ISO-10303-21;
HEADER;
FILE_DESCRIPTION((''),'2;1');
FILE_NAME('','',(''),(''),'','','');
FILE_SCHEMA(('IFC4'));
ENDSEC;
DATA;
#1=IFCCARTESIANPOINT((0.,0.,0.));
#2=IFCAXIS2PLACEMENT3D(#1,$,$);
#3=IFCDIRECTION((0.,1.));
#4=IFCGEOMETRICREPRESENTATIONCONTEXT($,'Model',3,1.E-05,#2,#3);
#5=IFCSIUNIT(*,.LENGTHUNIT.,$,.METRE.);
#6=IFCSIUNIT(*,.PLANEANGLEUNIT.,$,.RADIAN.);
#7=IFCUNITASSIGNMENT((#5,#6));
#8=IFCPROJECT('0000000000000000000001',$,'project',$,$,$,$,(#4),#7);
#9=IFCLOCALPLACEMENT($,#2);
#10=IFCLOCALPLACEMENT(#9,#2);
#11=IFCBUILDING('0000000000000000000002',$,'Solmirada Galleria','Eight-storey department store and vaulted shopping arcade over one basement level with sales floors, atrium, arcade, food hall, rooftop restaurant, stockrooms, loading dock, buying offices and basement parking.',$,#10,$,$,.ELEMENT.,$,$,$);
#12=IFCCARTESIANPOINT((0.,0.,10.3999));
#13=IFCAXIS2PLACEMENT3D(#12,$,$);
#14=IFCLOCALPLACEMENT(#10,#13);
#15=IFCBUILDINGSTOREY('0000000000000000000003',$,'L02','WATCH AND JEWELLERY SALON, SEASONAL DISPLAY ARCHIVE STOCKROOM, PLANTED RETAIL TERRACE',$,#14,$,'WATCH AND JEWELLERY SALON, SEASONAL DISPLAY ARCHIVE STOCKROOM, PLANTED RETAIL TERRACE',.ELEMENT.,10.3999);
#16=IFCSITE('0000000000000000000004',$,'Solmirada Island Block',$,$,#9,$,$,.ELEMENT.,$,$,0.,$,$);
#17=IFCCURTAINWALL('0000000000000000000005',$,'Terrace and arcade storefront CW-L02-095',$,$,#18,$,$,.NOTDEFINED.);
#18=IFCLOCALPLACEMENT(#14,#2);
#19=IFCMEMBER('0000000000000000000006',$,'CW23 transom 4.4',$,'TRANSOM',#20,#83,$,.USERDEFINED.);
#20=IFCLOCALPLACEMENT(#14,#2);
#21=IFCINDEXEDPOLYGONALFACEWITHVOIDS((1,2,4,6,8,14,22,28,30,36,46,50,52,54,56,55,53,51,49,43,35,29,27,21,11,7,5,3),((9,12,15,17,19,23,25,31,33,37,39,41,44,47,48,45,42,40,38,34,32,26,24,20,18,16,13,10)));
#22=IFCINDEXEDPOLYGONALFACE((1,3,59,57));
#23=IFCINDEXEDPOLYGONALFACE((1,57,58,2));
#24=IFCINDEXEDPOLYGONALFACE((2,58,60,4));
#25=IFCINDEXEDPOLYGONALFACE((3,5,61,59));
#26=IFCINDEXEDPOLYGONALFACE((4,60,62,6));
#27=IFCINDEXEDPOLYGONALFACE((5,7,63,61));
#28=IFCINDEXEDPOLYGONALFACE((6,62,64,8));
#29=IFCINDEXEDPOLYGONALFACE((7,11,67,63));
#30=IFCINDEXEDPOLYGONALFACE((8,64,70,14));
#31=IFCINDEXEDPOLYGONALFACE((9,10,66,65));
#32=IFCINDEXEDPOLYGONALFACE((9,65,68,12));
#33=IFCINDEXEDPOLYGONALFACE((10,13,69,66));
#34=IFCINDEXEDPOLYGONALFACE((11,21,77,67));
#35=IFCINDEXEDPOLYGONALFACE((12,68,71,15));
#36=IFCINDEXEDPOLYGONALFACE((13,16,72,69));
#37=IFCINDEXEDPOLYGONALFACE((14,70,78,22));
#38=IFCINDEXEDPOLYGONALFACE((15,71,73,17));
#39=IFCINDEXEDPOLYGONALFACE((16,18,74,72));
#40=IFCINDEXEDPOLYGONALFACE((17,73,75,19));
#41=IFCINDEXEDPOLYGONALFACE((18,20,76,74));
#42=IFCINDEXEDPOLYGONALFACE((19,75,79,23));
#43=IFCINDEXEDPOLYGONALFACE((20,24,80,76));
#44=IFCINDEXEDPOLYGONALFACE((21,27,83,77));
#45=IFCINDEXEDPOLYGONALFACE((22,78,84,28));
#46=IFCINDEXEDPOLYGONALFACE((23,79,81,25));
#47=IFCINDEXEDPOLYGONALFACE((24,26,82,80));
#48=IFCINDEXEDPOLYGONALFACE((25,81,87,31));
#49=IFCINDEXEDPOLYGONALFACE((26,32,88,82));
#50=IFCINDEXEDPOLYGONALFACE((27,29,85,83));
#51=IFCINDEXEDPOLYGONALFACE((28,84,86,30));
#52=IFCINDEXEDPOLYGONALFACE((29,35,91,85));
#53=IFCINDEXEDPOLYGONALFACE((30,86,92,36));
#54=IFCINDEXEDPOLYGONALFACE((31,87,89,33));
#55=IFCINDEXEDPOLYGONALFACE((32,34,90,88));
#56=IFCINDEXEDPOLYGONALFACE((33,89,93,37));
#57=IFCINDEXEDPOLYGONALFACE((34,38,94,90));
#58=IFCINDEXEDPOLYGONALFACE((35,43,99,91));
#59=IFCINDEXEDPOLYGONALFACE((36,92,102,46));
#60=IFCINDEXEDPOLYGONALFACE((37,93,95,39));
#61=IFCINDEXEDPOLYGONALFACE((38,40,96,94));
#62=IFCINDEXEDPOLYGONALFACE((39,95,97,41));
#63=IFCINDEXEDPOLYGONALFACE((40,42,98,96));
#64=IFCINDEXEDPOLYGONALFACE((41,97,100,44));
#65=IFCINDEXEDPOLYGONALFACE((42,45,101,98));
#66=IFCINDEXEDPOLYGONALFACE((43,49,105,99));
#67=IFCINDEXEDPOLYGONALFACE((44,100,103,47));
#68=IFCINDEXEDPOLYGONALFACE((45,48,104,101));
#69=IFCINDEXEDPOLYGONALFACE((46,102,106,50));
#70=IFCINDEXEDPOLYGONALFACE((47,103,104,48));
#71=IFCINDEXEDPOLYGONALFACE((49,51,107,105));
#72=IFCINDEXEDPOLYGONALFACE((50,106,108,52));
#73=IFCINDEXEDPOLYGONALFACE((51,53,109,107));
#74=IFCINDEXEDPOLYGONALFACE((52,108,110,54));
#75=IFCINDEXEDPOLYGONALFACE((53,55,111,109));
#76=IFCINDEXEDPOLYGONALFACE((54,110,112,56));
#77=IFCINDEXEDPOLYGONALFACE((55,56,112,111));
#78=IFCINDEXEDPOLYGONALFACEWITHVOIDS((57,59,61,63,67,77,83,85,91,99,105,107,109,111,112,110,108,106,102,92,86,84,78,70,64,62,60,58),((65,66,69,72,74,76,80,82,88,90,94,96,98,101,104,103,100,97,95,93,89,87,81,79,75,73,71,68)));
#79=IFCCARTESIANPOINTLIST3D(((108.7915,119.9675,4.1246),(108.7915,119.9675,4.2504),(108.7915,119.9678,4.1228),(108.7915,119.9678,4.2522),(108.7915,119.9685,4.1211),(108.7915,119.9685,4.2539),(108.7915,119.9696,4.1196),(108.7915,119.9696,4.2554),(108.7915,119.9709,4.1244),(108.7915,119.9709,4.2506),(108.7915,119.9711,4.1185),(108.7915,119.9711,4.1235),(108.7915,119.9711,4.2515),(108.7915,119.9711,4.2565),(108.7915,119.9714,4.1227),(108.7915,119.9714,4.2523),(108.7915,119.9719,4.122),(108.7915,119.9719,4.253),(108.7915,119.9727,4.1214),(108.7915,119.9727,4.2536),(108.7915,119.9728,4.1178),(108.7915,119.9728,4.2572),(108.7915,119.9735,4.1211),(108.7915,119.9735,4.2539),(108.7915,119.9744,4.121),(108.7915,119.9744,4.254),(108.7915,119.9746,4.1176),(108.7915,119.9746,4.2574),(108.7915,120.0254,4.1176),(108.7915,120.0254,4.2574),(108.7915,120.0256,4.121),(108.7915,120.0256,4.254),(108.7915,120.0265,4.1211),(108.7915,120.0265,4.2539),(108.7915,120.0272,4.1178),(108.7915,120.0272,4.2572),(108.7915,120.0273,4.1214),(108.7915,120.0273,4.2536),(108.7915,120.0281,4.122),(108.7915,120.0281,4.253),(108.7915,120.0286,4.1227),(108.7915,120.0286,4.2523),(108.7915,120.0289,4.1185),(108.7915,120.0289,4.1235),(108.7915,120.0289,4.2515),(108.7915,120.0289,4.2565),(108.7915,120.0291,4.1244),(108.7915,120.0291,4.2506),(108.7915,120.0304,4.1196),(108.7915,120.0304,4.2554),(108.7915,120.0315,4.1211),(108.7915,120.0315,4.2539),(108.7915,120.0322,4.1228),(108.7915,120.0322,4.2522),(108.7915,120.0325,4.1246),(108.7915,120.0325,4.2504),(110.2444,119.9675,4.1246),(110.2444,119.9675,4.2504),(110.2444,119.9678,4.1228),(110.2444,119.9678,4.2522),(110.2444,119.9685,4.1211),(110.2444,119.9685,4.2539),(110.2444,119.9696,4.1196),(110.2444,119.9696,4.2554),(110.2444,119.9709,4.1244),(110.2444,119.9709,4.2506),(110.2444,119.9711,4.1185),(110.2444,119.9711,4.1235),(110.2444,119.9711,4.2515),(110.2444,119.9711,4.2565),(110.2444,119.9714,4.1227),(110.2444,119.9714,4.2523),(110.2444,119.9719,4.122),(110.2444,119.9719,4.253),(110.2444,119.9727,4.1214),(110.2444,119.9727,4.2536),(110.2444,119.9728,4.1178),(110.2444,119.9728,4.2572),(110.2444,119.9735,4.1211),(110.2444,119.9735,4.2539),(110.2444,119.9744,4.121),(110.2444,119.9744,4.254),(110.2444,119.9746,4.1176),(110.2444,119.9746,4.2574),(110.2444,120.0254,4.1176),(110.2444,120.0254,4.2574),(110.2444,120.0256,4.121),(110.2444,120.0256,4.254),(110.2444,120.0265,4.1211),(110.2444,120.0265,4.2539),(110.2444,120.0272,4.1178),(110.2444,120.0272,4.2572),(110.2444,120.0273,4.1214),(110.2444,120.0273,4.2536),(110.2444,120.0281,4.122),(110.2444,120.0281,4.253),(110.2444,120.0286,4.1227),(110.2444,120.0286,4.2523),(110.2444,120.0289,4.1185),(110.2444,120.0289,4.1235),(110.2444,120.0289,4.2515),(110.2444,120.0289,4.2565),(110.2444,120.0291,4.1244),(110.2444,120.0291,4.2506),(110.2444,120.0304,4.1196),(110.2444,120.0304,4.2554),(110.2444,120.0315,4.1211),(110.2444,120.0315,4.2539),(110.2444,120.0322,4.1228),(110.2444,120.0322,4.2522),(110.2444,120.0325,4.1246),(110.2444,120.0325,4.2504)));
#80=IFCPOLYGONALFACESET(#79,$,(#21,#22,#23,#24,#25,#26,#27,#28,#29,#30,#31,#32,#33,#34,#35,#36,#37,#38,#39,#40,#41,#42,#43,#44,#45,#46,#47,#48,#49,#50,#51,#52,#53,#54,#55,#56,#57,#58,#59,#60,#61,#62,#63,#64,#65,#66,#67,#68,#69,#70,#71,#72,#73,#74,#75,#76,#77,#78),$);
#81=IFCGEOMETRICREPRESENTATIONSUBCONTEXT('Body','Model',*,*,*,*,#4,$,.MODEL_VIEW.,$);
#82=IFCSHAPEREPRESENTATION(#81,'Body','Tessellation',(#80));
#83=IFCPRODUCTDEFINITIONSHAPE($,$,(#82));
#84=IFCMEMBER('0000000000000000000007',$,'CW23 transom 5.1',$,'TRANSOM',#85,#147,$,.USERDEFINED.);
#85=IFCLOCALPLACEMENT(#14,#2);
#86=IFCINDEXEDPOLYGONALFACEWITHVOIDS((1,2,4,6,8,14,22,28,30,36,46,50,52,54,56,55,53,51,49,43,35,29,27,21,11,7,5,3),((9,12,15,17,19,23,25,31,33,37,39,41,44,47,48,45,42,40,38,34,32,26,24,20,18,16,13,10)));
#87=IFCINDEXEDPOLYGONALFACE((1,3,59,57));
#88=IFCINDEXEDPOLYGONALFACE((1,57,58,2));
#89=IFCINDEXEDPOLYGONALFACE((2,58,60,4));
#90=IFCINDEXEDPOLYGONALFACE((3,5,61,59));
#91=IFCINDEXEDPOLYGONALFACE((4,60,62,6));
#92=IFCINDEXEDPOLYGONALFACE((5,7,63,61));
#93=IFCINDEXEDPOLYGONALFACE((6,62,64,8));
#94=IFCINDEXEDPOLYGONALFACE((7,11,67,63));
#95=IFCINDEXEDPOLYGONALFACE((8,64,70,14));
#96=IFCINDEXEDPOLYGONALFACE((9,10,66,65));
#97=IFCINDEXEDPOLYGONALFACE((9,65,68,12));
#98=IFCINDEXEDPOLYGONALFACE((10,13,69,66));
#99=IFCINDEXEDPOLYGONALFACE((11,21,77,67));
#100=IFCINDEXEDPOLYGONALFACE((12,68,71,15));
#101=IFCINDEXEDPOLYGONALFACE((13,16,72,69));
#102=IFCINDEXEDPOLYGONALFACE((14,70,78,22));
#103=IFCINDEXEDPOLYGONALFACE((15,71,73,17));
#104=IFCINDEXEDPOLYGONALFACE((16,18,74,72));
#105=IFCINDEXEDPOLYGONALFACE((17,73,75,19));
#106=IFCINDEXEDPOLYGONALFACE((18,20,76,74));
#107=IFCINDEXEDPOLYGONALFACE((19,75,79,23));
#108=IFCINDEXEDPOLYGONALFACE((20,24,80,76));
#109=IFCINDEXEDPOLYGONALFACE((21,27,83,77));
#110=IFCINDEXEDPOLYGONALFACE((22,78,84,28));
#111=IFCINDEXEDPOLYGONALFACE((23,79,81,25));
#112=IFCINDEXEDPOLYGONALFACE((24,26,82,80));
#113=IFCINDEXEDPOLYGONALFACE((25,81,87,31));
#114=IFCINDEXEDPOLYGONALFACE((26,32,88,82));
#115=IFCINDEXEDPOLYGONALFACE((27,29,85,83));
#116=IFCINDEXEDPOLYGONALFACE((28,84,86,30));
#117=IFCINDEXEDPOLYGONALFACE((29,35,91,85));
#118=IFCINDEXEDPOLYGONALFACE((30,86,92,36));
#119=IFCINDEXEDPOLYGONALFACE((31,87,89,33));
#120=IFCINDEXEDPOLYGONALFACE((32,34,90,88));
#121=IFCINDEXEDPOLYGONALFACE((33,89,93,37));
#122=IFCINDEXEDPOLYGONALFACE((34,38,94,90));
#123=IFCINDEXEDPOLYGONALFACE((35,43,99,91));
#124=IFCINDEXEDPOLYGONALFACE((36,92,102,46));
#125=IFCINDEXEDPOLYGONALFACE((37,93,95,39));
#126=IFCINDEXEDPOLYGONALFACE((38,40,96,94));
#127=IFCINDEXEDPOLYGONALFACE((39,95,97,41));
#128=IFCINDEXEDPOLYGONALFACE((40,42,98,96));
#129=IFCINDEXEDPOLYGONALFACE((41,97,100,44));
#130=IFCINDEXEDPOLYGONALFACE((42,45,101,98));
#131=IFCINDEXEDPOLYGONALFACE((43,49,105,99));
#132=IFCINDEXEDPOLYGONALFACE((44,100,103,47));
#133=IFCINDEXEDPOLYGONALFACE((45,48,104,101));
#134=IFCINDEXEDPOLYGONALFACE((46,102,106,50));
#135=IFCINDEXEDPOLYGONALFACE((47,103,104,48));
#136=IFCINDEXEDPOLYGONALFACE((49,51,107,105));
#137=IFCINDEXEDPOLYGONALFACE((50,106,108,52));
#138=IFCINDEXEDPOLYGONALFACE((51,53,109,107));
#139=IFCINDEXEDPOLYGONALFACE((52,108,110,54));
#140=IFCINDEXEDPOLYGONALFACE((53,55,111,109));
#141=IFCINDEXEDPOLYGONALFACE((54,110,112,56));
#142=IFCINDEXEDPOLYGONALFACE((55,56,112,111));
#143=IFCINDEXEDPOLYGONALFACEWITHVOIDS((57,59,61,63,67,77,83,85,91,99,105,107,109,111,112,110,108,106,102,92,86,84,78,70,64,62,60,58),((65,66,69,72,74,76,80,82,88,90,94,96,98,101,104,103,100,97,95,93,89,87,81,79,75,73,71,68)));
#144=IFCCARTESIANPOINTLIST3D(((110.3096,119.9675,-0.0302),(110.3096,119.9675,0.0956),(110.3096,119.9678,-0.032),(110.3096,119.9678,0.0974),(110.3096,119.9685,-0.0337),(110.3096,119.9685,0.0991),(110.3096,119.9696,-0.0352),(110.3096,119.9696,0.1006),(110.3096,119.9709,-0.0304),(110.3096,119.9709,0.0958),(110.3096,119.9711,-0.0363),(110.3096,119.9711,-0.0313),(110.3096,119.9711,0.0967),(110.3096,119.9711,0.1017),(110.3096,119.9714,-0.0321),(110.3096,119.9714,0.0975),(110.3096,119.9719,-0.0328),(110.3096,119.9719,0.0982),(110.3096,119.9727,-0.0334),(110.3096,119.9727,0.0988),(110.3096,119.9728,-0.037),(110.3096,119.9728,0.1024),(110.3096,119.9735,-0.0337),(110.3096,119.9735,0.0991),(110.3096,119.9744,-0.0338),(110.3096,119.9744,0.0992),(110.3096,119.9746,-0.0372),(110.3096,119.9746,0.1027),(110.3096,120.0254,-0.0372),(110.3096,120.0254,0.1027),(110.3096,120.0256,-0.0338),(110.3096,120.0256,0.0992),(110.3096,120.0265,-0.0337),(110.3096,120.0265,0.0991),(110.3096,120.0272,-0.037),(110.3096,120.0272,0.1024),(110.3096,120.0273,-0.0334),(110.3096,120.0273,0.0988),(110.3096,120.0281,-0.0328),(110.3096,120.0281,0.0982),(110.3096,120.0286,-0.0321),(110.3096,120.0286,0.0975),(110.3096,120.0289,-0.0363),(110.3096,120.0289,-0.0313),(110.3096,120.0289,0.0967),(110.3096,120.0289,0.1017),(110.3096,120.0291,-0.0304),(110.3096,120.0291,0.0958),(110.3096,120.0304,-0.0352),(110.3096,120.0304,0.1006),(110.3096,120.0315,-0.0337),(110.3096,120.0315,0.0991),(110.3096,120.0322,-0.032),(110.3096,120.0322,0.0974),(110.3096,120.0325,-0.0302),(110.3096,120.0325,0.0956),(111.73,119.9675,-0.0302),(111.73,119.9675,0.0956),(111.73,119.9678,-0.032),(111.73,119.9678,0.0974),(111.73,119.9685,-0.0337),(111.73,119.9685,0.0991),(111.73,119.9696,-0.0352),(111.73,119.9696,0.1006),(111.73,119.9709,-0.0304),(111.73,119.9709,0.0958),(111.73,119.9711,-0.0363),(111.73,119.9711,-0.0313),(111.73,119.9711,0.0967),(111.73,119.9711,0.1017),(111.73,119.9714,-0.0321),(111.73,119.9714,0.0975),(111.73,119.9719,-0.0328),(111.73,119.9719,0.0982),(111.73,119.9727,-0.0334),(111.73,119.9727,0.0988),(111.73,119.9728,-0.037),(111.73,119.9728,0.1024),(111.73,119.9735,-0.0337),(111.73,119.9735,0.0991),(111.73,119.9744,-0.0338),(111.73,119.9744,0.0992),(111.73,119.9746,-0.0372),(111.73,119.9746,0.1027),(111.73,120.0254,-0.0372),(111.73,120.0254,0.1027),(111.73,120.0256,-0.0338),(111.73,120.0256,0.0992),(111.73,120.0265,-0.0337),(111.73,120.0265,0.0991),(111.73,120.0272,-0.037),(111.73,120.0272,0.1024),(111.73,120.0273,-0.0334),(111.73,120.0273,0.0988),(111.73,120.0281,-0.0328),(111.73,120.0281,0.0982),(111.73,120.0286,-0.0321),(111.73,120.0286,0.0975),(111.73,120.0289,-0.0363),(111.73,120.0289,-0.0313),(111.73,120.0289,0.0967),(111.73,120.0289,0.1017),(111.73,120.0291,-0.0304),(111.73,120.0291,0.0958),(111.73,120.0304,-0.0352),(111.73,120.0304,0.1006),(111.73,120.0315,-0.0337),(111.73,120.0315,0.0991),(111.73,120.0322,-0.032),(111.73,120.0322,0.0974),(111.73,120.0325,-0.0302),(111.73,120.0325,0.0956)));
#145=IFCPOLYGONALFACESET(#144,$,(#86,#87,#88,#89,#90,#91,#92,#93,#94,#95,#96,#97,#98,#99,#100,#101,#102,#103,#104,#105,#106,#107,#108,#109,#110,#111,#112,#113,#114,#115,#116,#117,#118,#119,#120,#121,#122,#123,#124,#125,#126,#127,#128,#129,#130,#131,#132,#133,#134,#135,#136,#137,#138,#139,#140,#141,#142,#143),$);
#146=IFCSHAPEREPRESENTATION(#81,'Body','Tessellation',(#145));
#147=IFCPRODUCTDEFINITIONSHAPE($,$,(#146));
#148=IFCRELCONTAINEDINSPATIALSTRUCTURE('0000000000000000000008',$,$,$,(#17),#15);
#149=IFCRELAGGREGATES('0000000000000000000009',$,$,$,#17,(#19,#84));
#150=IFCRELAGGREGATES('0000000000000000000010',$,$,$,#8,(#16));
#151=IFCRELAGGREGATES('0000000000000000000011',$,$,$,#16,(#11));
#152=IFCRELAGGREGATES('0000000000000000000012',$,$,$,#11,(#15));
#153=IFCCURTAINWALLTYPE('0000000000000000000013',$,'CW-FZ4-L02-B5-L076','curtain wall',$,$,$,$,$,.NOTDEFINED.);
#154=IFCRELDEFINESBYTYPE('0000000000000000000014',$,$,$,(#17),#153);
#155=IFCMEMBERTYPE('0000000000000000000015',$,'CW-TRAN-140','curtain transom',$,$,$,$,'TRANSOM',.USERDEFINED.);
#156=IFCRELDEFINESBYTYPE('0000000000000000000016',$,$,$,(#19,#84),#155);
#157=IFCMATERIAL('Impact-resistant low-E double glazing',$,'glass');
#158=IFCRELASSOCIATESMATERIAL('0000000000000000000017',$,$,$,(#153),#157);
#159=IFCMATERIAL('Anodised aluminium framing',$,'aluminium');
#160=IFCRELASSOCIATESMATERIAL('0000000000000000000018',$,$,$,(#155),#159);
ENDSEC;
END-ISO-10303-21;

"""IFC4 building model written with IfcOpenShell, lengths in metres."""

from ifc_helpers import new_model, si_unit, direction, frame, origin, origin_2d, place, context, subcontext, project, spatial, hollow_rectangle, extrude, material, material_profile, profile_set, type_object, element, aggregate, save


model = new_model("IFC4")

# Units and contexts
model_context = context("Model", 3, precision=1e-05, world=origin(), true_north=direction((0.0, 1.0)))
body_context = subcontext(model_context, "Body", "Model", "MODEL_VIEW")
ifc_project = project(units=[si_unit("LENGTHUNIT", "METRE"), si_unit("PLANEANGLEUNIT", "RADIAN")], contexts=[model_context])

# Site, building, storey
site_placement = place(None, origin())
site = spatial("IfcSite", under=ifc_project, at=site_placement, Name="Solmirada Island Block", CompositionType="ELEMENT", RefElevation=0.0)
building_placement = place(site_placement, origin())
building = spatial("IfcBuilding", under=site, at=building_placement, Name="Solmirada Galleria", Description="Eight-storey department store and vaulted shopping arcade over one basement level with sales floors, atrium, arcade, food hall, rooftop restaurant, stockrooms, loading dock, buying offices and basement parking.", CompositionType="ELEMENT")
storey_placement = place(building_placement, frame((0.0, 0.0, 10.3999)))
storey = spatial("IfcBuildingStorey", under=building, at=storey_placement, Name="L02", Description="WATCH AND JEWELLERY SALON, SEASONAL DISPLAY ARCHIVE STOCKROOM, PLANTED RETAIL TERRACE", LongName="WATCH AND JEWELLERY SALON, SEASONAL DISPLAY ARCHIVE STOCKROOM, PLANTED RETAIL TERRACE", CompositionType="ELEMENT", Elevation=10.3999)

# Curtain wall, members
ifc_material_1 = material(Name="Impact-resistant low-E double glazing", Category="glass")
curtain_wall_type = type_object("IfcCurtainWallType", Name="CW-FZ4-L02-B5-L076", Description="curtain wall", PredefinedType="NOTDEFINED", material=ifc_material_1)
curtain_wall_placement = place(storey_placement, origin())
curtain_wall = element("IfcCurtainWall", 1, at=curtain_wall_placement, inside=storey, type_object=curtain_wall_type, Name="Terrace and arcade storefront CW-L02-095", PredefinedType="NOTDEFINED")
ifc_material_2 = material(Name="Anodised aluminium framing", Category="aluminium")
ifc_material_profile_1 = material_profile(ifc_material_2, hollow_rectangle(XDim=0.0649, YDim=0.1399, WallThickness=0.0034, InnerFilletRadius=0.0034, OuterFilletRadius=0.0071, at=origin_2d()), Name="ALU-TRAN-140X65")
ifc_profile_set_1 = profile_set([ifc_material_profile_1], Name="Anodised aluminium framing")
member_type_1 = type_object("IfcMemberType", Name="CW-TRAN-140", Description="curtain transom", ElementType="TRANSOM", PredefinedType="USERDEFINED", material=ifc_profile_set_1)
member_1_placement = place(storey_placement, frame((108.7915, 120.0, 4.1875), z_axis=(1.0, 0.0, 0.0), x_axis=(0.0, 1.0, 0.0)))
member_1 = element("IfcMember", 2, at=member_1_placement, type_object=member_type_1, Name="CW23 transom 4.4", ObjectType="TRANSOM", PredefinedType="USERDEFINED", context=body_context, shape_type="SweptSolid", body=[
    extrude(hollow_rectangle(XDim=0.0649, YDim=0.1399, WallThickness=0.0034, InnerFilletRadius=0.0034, OuterFilletRadius=0.0071, at=origin_2d()), origin(), (0.0, 0.0, 1.0), 1.4529),
])
member_2_placement = place(storey_placement, frame((110.3096, 120.0, 0.0327), z_axis=(1.0, 0.0, 0.0), x_axis=(0.0, 1.0, 0.0)))
member_2 = element("IfcMember", 3, at=member_2_placement, type_object=member_type_1, Name="CW23 transom 5.1", ObjectType="TRANSOM", PredefinedType="USERDEFINED", context=body_context, shape_type="SweptSolid", body=[
    extrude(hollow_rectangle(XDim=0.0649, YDim=0.1399, WallThickness=0.0034, InnerFilletRadius=0.0034, OuterFilletRadius=0.0071, at=origin_2d()), origin(), (0.0, 0.0, 1.0), 1.4204),
])
aggregate(curtain_wall, [member_1, member_2])

save(model, "model.ifc")
